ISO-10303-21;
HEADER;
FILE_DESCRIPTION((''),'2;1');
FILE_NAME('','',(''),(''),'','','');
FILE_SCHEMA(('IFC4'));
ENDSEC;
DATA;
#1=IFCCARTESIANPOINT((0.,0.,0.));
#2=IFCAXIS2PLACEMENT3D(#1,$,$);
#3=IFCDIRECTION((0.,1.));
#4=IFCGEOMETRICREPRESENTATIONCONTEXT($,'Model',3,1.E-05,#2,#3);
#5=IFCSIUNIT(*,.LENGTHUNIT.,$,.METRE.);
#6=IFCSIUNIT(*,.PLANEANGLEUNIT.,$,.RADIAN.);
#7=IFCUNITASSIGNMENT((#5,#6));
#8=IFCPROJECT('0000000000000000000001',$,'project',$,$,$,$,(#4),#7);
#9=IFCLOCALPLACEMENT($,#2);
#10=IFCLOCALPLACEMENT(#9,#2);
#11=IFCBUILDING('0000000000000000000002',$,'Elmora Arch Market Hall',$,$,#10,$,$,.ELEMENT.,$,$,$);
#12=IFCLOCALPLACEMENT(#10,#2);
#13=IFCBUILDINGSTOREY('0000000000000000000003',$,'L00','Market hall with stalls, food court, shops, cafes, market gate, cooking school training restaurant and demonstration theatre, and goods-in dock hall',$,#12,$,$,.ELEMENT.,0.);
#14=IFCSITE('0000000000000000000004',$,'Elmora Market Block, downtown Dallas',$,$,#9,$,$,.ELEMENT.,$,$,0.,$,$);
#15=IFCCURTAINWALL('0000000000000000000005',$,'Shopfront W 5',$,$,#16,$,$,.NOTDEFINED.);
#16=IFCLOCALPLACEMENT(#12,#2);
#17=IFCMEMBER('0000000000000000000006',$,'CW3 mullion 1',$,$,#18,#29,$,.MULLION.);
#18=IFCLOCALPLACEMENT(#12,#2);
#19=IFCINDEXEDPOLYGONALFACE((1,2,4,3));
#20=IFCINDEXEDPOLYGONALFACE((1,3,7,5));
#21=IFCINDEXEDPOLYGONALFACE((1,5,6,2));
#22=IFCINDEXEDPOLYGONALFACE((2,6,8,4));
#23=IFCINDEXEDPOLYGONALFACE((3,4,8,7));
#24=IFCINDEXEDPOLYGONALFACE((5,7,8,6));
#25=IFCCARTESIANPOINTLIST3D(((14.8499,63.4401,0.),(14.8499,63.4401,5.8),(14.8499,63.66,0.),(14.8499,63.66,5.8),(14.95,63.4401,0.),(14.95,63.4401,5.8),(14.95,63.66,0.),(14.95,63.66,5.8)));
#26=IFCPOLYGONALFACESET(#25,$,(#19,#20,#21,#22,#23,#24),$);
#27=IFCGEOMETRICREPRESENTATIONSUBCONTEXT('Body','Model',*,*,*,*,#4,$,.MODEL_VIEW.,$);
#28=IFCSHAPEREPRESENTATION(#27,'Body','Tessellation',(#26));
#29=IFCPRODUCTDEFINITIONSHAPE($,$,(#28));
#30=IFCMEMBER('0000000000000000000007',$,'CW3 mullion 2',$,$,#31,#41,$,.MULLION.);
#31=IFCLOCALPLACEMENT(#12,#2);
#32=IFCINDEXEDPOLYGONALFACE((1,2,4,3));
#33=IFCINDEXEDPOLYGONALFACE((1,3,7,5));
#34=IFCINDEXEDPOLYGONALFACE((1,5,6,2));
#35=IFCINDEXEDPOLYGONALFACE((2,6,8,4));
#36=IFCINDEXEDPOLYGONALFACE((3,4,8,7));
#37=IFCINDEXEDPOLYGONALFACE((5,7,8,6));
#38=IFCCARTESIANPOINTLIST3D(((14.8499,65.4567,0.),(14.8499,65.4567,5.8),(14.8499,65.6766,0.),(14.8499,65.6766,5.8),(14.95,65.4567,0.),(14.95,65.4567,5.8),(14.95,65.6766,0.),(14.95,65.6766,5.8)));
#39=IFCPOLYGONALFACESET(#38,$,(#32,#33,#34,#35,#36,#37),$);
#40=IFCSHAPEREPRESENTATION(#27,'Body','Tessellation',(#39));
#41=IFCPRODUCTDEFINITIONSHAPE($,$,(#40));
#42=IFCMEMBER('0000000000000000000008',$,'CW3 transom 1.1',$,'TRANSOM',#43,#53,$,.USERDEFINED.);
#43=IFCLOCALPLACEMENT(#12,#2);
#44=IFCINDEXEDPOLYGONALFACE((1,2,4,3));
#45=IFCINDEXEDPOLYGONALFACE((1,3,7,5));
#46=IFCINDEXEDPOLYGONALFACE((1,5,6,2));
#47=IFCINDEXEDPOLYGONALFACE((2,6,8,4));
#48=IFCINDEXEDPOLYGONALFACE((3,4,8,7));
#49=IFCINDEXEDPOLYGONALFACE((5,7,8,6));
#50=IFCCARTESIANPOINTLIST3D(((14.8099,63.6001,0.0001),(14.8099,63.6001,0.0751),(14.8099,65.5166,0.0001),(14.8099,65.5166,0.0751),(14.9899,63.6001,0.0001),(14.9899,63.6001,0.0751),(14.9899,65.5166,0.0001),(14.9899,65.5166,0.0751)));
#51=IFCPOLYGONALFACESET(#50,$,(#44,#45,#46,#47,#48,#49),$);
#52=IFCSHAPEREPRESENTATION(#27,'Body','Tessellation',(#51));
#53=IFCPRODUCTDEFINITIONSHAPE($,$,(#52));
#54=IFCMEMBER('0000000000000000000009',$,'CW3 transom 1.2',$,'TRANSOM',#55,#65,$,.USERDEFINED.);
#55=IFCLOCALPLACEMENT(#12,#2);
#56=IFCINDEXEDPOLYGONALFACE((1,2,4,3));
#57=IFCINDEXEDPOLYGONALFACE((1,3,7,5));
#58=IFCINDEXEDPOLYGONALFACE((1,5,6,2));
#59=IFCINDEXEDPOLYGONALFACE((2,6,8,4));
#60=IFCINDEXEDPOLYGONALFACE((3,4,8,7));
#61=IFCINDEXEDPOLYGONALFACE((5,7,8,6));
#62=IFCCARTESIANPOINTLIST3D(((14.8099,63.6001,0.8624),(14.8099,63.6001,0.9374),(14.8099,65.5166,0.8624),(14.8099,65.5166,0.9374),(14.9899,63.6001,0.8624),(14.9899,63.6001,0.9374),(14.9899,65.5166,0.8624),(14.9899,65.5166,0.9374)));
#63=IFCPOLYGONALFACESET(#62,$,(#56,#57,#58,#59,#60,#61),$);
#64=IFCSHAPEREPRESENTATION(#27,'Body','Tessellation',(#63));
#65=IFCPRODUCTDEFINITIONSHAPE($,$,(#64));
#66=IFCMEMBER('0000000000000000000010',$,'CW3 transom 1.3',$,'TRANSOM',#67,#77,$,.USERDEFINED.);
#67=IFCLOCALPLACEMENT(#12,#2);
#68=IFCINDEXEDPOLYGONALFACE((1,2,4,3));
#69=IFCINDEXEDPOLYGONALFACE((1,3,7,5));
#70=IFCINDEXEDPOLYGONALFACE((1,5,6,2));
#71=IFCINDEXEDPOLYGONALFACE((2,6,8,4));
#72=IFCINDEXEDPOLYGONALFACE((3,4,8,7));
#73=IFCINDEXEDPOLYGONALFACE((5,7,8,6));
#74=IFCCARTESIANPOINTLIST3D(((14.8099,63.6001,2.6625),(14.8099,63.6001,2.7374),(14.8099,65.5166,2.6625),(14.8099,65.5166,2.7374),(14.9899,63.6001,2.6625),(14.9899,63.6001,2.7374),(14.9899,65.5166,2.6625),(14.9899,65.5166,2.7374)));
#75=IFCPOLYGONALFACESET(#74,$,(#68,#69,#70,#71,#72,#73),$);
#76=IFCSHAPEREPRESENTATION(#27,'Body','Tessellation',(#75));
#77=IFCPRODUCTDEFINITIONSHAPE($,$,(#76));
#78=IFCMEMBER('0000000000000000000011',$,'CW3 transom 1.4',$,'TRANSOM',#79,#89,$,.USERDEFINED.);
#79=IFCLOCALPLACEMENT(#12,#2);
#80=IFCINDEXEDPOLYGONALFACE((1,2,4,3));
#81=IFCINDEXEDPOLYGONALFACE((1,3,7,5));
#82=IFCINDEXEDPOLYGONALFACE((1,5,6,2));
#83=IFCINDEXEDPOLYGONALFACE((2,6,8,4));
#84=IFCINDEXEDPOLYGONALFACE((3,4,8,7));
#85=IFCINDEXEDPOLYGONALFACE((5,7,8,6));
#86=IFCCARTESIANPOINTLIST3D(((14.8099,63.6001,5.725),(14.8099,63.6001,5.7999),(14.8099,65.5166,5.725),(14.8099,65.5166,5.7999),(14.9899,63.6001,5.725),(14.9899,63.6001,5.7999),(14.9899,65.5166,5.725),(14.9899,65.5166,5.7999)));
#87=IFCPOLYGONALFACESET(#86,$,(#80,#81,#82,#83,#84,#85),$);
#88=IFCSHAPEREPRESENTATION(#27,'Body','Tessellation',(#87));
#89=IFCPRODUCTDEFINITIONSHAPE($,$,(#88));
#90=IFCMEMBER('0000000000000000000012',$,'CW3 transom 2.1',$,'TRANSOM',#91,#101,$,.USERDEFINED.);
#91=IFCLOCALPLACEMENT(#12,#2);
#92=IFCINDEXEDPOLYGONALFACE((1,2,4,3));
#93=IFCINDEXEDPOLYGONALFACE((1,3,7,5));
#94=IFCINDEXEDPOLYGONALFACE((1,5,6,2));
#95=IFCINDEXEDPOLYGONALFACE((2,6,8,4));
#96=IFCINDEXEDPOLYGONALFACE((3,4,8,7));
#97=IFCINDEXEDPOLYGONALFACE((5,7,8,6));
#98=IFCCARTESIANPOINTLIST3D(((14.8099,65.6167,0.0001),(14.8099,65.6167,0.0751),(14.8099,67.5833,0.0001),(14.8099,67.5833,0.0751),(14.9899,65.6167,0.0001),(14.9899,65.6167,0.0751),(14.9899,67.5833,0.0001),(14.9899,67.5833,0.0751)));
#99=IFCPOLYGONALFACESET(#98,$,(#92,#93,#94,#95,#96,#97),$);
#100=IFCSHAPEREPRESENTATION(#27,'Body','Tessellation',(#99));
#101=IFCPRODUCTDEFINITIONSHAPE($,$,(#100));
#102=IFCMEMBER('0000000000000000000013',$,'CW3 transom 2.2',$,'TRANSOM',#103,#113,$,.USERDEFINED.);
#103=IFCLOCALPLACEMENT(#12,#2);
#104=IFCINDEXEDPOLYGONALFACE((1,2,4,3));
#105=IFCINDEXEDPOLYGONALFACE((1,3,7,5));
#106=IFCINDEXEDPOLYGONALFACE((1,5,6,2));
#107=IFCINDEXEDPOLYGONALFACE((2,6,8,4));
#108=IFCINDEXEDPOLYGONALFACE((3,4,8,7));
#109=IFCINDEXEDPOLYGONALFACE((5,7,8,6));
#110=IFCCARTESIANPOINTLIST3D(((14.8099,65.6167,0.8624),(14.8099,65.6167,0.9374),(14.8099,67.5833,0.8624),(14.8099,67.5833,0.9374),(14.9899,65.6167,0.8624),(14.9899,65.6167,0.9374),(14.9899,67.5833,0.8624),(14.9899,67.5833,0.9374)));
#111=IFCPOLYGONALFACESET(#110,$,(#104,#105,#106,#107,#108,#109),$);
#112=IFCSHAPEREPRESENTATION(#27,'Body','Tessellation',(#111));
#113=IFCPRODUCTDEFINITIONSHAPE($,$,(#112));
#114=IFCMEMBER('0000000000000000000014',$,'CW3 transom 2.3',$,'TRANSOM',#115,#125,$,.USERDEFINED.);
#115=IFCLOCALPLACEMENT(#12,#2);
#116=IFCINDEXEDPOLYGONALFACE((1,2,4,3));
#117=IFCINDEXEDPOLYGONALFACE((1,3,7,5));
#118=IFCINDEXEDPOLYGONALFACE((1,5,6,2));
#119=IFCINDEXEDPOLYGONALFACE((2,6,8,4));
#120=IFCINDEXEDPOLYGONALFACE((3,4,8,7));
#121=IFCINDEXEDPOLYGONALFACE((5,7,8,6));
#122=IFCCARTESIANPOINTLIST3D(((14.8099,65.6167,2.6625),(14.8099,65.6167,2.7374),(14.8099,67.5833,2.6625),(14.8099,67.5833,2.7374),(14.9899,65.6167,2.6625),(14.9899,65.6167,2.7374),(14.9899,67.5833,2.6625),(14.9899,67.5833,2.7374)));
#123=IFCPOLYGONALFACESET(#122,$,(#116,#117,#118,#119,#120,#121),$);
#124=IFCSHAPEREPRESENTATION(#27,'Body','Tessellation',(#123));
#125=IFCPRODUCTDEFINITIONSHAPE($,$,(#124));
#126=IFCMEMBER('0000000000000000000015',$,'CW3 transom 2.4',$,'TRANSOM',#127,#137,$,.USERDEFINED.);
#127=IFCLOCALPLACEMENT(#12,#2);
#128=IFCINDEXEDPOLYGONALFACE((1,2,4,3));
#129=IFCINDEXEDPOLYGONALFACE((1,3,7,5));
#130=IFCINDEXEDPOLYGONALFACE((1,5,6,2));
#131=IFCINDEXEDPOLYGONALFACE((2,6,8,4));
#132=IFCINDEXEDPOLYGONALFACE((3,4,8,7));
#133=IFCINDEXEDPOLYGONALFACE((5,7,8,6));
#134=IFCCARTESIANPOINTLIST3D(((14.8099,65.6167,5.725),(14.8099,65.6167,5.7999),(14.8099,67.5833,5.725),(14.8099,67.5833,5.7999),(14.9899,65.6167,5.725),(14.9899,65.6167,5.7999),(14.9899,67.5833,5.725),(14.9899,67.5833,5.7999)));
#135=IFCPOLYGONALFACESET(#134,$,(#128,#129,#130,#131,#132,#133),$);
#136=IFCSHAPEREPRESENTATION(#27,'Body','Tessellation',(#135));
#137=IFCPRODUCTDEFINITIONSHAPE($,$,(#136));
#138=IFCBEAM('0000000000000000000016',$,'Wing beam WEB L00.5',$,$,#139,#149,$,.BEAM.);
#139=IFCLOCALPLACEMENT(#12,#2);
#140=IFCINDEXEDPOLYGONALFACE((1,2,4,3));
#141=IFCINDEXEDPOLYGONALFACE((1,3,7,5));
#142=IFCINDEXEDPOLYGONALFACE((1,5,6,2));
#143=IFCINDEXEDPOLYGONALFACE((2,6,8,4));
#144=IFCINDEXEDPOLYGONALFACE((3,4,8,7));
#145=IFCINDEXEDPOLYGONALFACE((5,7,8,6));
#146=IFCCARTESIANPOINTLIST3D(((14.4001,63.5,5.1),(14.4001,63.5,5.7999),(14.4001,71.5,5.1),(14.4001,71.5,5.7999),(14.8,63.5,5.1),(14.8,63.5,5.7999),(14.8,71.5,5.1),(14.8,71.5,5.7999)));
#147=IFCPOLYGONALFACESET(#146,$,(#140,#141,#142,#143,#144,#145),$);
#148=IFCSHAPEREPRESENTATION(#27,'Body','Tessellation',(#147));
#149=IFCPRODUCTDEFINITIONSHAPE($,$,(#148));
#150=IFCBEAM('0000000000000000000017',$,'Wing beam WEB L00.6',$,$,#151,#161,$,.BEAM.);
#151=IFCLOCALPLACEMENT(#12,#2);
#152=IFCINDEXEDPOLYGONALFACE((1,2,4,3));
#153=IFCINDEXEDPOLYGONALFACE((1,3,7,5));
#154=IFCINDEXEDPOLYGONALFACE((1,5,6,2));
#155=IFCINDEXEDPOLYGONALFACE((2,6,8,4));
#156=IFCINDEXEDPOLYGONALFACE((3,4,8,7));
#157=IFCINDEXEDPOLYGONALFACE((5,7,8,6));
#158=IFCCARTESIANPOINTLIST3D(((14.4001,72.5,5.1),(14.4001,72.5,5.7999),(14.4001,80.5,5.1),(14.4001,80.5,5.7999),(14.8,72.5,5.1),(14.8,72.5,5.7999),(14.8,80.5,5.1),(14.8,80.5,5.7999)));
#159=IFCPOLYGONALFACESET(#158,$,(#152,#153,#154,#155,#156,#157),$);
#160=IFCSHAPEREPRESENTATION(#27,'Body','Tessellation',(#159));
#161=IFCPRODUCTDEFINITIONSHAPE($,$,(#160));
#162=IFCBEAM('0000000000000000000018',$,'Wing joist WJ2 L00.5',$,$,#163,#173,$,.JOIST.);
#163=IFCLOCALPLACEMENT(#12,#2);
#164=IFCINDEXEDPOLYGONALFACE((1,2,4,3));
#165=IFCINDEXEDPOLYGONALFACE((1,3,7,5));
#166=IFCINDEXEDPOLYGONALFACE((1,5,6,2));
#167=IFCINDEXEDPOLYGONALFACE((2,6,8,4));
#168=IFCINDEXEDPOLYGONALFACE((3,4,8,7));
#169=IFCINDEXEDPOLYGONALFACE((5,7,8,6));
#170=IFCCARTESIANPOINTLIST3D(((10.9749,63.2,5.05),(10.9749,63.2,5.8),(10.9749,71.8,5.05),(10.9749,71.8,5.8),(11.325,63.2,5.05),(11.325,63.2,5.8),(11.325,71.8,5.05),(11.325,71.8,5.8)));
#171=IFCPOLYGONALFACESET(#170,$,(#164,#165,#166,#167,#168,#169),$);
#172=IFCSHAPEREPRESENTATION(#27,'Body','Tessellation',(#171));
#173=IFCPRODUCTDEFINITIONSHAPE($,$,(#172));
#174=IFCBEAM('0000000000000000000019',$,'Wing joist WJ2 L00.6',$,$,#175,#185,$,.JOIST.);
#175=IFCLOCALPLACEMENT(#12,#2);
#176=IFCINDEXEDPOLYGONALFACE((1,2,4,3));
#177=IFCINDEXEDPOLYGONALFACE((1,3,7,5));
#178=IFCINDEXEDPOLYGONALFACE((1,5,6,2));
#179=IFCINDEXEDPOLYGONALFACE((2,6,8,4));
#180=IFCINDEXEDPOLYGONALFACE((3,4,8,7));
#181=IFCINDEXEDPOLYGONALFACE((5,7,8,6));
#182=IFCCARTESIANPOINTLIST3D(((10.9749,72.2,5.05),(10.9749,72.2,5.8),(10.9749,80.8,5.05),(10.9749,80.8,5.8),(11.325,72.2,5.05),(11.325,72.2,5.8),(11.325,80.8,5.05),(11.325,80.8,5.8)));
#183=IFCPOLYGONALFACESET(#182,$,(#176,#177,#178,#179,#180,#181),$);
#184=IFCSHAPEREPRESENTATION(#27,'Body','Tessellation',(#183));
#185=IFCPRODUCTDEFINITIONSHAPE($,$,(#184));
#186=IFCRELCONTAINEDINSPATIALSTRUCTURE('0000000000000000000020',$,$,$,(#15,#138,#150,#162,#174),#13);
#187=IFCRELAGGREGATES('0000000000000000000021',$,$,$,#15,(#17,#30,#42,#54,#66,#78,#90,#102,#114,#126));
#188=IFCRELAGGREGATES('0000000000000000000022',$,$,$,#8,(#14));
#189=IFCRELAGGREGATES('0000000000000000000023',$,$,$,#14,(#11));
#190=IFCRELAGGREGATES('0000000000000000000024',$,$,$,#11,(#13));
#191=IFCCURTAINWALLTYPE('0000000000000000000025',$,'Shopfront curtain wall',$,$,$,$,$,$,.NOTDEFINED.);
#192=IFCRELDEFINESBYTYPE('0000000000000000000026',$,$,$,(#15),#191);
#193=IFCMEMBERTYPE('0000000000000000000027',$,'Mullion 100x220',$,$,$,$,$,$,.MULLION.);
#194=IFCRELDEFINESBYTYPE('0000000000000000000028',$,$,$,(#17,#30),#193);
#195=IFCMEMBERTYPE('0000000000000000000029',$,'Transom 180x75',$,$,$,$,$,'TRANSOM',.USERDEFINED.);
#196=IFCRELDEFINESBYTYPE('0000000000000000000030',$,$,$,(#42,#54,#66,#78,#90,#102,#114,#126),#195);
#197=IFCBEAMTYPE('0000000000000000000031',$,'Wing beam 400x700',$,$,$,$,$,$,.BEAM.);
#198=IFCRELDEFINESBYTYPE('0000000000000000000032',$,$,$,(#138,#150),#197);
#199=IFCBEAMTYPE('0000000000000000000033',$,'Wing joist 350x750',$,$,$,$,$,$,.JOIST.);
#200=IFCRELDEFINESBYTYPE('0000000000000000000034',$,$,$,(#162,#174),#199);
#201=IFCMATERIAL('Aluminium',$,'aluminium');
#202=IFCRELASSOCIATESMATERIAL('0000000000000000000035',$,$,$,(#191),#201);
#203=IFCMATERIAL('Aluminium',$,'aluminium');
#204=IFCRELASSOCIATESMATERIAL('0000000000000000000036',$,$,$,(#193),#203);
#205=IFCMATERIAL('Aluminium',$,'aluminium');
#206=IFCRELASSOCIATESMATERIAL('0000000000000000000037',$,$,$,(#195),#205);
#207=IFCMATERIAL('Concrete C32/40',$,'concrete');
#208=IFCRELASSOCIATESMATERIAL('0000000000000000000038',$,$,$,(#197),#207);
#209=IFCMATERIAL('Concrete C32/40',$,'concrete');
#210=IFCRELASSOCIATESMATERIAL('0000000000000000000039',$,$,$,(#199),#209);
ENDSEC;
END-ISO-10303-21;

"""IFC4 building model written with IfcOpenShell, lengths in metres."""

from ifc_helpers import new_model, si_unit, direction, frame, origin, origin_2d, place, context, subcontext, project, spatial, rectangle, extrude, material, material_profile, profile_set, type_object, element, aggregate, save


model = new_model("IFC4")

# Units and contexts
model_context = context("Model", 3, precision=1e-05, world=origin(), true_north=direction((0.0, 1.0)))
body_context = subcontext(model_context, "Body", "Model", "MODEL_VIEW")
ifc_project = project(units=[si_unit("LENGTHUNIT", "METRE"), si_unit("PLANEANGLEUNIT", "RADIAN")], contexts=[model_context])

# Site, building, storey
site_placement = place(None, origin())
site = spatial("IfcSite", under=ifc_project, at=site_placement, Name="Elmora Market Block, downtown Dallas", CompositionType="ELEMENT", RefElevation=0.0)
building_placement = place(site_placement, origin())
building = spatial("IfcBuilding", under=site, at=building_placement, Name="Elmora Arch Market Hall", CompositionType="ELEMENT")
storey_placement = place(building_placement, origin())
storey = spatial("IfcBuildingStorey", under=building, at=storey_placement, Name="L00", Description="Market hall with stalls, food court, shops, cafes, market gate, cooking school training restaurant and demonstration theatre, and goods-in dock hall", CompositionType="ELEMENT", Elevation=0.0)

# Curtain wall, members
ifc_material_1 = material(Name="Aluminium", Category="aluminium")
curtain_wall_type = type_object("IfcCurtainWallType", Name="Shopfront curtain wall", PredefinedType="NOTDEFINED", material=ifc_material_1)
curtain_wall_placement = place(storey_placement, origin())
curtain_wall = element("IfcCurtainWall", 1, at=curtain_wall_placement, inside=storey, type_object=curtain_wall_type, Name="Shopfront W 5", PredefinedType="NOTDEFINED")
ifc_material_2 = material(Name="Aluminium", Category="aluminium")
ifc_material_profile_1 = material_profile(ifc_material_2, rectangle(XDim=0.1001, YDim=0.22, at=origin_2d()), Name="AL 100x220")
ifc_profile_set_1 = profile_set([ifc_material_profile_1], Name="Aluminium")
member_type_1 = type_object("IfcMemberType", Name="Mullion 100x220", PredefinedType="MULLION", material=ifc_profile_set_1)
member_1_placement = place(storey_placement, frame((14.8999, 63.55, 0.0), z_axis=(0.0, 0.0, 1.0), x_axis=(-1.0, 0.0, 0.0)))
member_1 = element("IfcMember", 2, at=member_1_placement, type_object=member_type_1, Name="CW3 mullion 1", PredefinedType="MULLION", context=body_context, shape_type="SweptSolid", body=[
    extrude(rectangle(XDim=0.1001, YDim=0.22, at=origin_2d()), origin(), (0.0, 0.0, 1.0), 5.8),
])
member_2_placement = place(storey_placement, frame((14.8999, 65.5667, 0.0), z_axis=(0.0, 0.0, 1.0), x_axis=(-1.0, 0.0, 0.0)))
member_2 = element("IfcMember", 3, at=member_2_placement, type_object=member_type_1, Name="CW3 mullion 2", PredefinedType="MULLION", context=body_context, shape_type="SweptSolid", body=[
    extrude(rectangle(XDim=0.1001, YDim=0.22, at=origin_2d()), origin(), (0.0, 0.0, 1.0), 5.8),
])
ifc_material_3 = material(Name="Aluminium", Category="aluminium")
ifc_material_profile_2 = material_profile(ifc_material_3, rectangle(XDim=0.1799, YDim=0.075, at=origin_2d()), Name="AL 180x75")
ifc_profile_set_2 = profile_set([ifc_material_profile_2], Name="Aluminium")
member_type_2 = type_object("IfcMemberType", Name="Transom 180x75", ElementType="TRANSOM", PredefinedType="USERDEFINED", material=ifc_profile_set_2)
member_3_placement = place(storey_placement, frame((14.8999, 63.6001, 0.0376), z_axis=(0.0, 1.0, 0.0), x_axis=(-1.0, 0.0, 0.0)))
member_3 = element("IfcMember", 4, at=member_3_placement, type_object=member_type_2, Name="CW3 transom 1.1", ObjectType="TRANSOM", PredefinedType="USERDEFINED", context=body_context, shape_type="SweptSolid", body=[
    extrude(rectangle(XDim=0.1799, YDim=0.075, at=origin_2d()), origin(), (0.0, 0.0, 1.0), 1.9165),
])
member_4_placement = place(storey_placement, frame((14.8999, 63.6001, 0.8999), z_axis=(0.0, 1.0, 0.0), x_axis=(-1.0, 0.0, 0.0)))
member_4 = element("IfcMember", 5, at=member_4_placement, type_object=member_type_2, Name="CW3 transom 1.2", ObjectType="TRANSOM", PredefinedType="USERDEFINED", context=body_context, shape_type="SweptSolid", body=[
    extrude(rectangle(XDim=0.1799, YDim=0.075, at=origin_2d()), origin(), (0.0, 0.0, 1.0), 1.9165),
])
member_5_placement = place(storey_placement, frame((14.8999, 63.6001, 2.7), z_axis=(0.0, 1.0, 0.0), x_axis=(-1.0, 0.0, 0.0)))
member_5 = element("IfcMember", 6, at=member_5_placement, type_object=member_type_2, Name="CW3 transom 1.3", ObjectType="TRANSOM", PredefinedType="USERDEFINED", context=body_context, shape_type="SweptSolid", body=[
    extrude(rectangle(XDim=0.1799, YDim=0.075, at=origin_2d()), origin(), (0.0, 0.0, 1.0), 1.9165),
])
member_6_placement = place(storey_placement, frame((14.8999, 63.6001, 5.7625), z_axis=(0.0, 1.0, 0.0), x_axis=(-1.0, 0.0, 0.0)))
member_6 = element("IfcMember", 7, at=member_6_placement, type_object=member_type_2, Name="CW3 transom 1.4", ObjectType="TRANSOM", PredefinedType="USERDEFINED", context=body_context, shape_type="SweptSolid", body=[
    extrude(rectangle(XDim=0.1799, YDim=0.075, at=origin_2d()), origin(), (0.0, 0.0, 1.0), 1.9165),
])
member_7_placement = place(storey_placement, frame((14.8999, 65.6167, 0.0376), z_axis=(0.0, 1.0, 0.0), x_axis=(-1.0, 0.0, 0.0)))
member_7 = element("IfcMember", 8, at=member_7_placement, type_object=member_type_2, Name="CW3 transom 2.1", ObjectType="TRANSOM", PredefinedType="USERDEFINED", context=body_context, shape_type="SweptSolid", body=[
    extrude(rectangle(XDim=0.1799, YDim=0.075, at=origin_2d()), origin(), (0.0, 0.0, 1.0), 1.9666),
])
member_8_placement = place(storey_placement, frame((14.8999, 65.6167, 0.8999), z_axis=(0.0, 1.0, 0.0), x_axis=(-1.0, 0.0, 0.0)))
member_8 = element("IfcMember", 9, at=member_8_placement, type_object=member_type_2, Name="CW3 transom 2.2", ObjectType="TRANSOM", PredefinedType="USERDEFINED", context=body_context, shape_type="SweptSolid", body=[
    extrude(rectangle(XDim=0.1799, YDim=0.075, at=origin_2d()), origin(), (0.0, 0.0, 1.0), 1.9666),
])
member_9_placement = place(storey_placement, frame((14.8999, 65.6167, 2.7), z_axis=(0.0, 1.0, 0.0), x_axis=(-1.0, 0.0, 0.0)))
member_9 = element("IfcMember", 10, at=member_9_placement, type_object=member_type_2, Name="CW3 transom 2.3", ObjectType="TRANSOM", PredefinedType="USERDEFINED", context=body_context, shape_type="SweptSolid", body=[
    extrude(rectangle(XDim=0.1799, YDim=0.075, at=origin_2d()), origin(), (0.0, 0.0, 1.0), 1.9666),
])
member_10_placement = place(storey_placement, frame((14.8999, 65.6167, 5.7625), z_axis=(0.0, 1.0, 0.0), x_axis=(-1.0, 0.0, 0.0)))
member_10 = element("IfcMember", 11, at=member_10_placement, type_object=member_type_2, Name="CW3 transom 2.4", ObjectType="TRANSOM", PredefinedType="USERDEFINED", context=body_context, shape_type="SweptSolid", body=[
    extrude(rectangle(XDim=0.1799, YDim=0.075, at=origin_2d()), origin(), (0.0, 0.0, 1.0), 1.9666),
])

# Beams
ifc_material_4 = material(Name="Concrete C32/40", Category="concrete")
ifc_material_profile_3 = material_profile(ifc_material_4, rectangle(XDim=0.3999, YDim=0.7, at=origin_2d()), Name="Wing beam 400x700")
ifc_profile_set_3 = profile_set([ifc_material_profile_3], Name="Concrete C32/40")
beam_type_1 = type_object("IfcBeamType", Name="Wing beam 400x700", PredefinedType="BEAM", material=ifc_profile_set_3)
for number, where, z_axis, x_axis, name in (
    (12, (14.6001, 63.5, 5.45), (0.0, 1.0, 0.0), (-1.0, 0.0, 0.0), "Wing beam WEB L00.5"),
    (13, (14.6001, 72.5, 5.45), (0.0, 1.0, 0.0), (-1.0, 0.0, 0.0), "Wing beam WEB L00.6"),
):
    element("IfcBeam", number, at=place(storey_placement, frame(where, z_axis=z_axis, x_axis=x_axis)), inside=storey, type_object=beam_type_1, Name=name, PredefinedType="BEAM", context=body_context, shape_type="SweptSolid", body=[
        extrude(rectangle(XDim=0.3999, YDim=0.7, at=origin_2d()), origin(), (0.0, 0.0, 1.0), 8.0),
    ])
ifc_material_5 = material(Name="Concrete C32/40", Category="concrete")
ifc_material_profile_4 = material_profile(ifc_material_5, rectangle(XDim=0.3501, YDim=0.75, at=origin_2d()), Name="Wing joist 350x750")
ifc_profile_set_4 = profile_set([ifc_material_profile_4], Name="Concrete C32/40")
beam_type_2 = type_object("IfcBeamType", Name="Wing joist 350x750", PredefinedType="JOIST", material=ifc_profile_set_4)
for number, where, z_axis, x_axis, name in (
    (14, (11.1499, 63.2, 5.425), (0.0, 1.0, 0.0), (-1.0, 0.0, 0.0), "Wing joist WJ2 L00.5"),
    (15, (11.1499, 72.2, 5.425), (0.0, 1.0, 0.0), (-1.0, 0.0, 0.0), "Wing joist WJ2 L00.6"),
):
    element("IfcBeam", number, at=place(storey_placement, frame(where, z_axis=z_axis, x_axis=x_axis)), inside=storey, type_object=beam_type_2, Name=name, PredefinedType="JOIST", context=body_context, shape_type="SweptSolid", body=[
        extrude(rectangle(XDim=0.3501, YDim=0.75, at=origin_2d()), origin(), (0.0, 0.0, 1.0), 8.6001),
    ])

aggregate(curtain_wall, [member_1, member_2, member_3, member_4, member_5, member_6, member_7, member_8, member_9, member_10])

save(model, "model.ifc")
